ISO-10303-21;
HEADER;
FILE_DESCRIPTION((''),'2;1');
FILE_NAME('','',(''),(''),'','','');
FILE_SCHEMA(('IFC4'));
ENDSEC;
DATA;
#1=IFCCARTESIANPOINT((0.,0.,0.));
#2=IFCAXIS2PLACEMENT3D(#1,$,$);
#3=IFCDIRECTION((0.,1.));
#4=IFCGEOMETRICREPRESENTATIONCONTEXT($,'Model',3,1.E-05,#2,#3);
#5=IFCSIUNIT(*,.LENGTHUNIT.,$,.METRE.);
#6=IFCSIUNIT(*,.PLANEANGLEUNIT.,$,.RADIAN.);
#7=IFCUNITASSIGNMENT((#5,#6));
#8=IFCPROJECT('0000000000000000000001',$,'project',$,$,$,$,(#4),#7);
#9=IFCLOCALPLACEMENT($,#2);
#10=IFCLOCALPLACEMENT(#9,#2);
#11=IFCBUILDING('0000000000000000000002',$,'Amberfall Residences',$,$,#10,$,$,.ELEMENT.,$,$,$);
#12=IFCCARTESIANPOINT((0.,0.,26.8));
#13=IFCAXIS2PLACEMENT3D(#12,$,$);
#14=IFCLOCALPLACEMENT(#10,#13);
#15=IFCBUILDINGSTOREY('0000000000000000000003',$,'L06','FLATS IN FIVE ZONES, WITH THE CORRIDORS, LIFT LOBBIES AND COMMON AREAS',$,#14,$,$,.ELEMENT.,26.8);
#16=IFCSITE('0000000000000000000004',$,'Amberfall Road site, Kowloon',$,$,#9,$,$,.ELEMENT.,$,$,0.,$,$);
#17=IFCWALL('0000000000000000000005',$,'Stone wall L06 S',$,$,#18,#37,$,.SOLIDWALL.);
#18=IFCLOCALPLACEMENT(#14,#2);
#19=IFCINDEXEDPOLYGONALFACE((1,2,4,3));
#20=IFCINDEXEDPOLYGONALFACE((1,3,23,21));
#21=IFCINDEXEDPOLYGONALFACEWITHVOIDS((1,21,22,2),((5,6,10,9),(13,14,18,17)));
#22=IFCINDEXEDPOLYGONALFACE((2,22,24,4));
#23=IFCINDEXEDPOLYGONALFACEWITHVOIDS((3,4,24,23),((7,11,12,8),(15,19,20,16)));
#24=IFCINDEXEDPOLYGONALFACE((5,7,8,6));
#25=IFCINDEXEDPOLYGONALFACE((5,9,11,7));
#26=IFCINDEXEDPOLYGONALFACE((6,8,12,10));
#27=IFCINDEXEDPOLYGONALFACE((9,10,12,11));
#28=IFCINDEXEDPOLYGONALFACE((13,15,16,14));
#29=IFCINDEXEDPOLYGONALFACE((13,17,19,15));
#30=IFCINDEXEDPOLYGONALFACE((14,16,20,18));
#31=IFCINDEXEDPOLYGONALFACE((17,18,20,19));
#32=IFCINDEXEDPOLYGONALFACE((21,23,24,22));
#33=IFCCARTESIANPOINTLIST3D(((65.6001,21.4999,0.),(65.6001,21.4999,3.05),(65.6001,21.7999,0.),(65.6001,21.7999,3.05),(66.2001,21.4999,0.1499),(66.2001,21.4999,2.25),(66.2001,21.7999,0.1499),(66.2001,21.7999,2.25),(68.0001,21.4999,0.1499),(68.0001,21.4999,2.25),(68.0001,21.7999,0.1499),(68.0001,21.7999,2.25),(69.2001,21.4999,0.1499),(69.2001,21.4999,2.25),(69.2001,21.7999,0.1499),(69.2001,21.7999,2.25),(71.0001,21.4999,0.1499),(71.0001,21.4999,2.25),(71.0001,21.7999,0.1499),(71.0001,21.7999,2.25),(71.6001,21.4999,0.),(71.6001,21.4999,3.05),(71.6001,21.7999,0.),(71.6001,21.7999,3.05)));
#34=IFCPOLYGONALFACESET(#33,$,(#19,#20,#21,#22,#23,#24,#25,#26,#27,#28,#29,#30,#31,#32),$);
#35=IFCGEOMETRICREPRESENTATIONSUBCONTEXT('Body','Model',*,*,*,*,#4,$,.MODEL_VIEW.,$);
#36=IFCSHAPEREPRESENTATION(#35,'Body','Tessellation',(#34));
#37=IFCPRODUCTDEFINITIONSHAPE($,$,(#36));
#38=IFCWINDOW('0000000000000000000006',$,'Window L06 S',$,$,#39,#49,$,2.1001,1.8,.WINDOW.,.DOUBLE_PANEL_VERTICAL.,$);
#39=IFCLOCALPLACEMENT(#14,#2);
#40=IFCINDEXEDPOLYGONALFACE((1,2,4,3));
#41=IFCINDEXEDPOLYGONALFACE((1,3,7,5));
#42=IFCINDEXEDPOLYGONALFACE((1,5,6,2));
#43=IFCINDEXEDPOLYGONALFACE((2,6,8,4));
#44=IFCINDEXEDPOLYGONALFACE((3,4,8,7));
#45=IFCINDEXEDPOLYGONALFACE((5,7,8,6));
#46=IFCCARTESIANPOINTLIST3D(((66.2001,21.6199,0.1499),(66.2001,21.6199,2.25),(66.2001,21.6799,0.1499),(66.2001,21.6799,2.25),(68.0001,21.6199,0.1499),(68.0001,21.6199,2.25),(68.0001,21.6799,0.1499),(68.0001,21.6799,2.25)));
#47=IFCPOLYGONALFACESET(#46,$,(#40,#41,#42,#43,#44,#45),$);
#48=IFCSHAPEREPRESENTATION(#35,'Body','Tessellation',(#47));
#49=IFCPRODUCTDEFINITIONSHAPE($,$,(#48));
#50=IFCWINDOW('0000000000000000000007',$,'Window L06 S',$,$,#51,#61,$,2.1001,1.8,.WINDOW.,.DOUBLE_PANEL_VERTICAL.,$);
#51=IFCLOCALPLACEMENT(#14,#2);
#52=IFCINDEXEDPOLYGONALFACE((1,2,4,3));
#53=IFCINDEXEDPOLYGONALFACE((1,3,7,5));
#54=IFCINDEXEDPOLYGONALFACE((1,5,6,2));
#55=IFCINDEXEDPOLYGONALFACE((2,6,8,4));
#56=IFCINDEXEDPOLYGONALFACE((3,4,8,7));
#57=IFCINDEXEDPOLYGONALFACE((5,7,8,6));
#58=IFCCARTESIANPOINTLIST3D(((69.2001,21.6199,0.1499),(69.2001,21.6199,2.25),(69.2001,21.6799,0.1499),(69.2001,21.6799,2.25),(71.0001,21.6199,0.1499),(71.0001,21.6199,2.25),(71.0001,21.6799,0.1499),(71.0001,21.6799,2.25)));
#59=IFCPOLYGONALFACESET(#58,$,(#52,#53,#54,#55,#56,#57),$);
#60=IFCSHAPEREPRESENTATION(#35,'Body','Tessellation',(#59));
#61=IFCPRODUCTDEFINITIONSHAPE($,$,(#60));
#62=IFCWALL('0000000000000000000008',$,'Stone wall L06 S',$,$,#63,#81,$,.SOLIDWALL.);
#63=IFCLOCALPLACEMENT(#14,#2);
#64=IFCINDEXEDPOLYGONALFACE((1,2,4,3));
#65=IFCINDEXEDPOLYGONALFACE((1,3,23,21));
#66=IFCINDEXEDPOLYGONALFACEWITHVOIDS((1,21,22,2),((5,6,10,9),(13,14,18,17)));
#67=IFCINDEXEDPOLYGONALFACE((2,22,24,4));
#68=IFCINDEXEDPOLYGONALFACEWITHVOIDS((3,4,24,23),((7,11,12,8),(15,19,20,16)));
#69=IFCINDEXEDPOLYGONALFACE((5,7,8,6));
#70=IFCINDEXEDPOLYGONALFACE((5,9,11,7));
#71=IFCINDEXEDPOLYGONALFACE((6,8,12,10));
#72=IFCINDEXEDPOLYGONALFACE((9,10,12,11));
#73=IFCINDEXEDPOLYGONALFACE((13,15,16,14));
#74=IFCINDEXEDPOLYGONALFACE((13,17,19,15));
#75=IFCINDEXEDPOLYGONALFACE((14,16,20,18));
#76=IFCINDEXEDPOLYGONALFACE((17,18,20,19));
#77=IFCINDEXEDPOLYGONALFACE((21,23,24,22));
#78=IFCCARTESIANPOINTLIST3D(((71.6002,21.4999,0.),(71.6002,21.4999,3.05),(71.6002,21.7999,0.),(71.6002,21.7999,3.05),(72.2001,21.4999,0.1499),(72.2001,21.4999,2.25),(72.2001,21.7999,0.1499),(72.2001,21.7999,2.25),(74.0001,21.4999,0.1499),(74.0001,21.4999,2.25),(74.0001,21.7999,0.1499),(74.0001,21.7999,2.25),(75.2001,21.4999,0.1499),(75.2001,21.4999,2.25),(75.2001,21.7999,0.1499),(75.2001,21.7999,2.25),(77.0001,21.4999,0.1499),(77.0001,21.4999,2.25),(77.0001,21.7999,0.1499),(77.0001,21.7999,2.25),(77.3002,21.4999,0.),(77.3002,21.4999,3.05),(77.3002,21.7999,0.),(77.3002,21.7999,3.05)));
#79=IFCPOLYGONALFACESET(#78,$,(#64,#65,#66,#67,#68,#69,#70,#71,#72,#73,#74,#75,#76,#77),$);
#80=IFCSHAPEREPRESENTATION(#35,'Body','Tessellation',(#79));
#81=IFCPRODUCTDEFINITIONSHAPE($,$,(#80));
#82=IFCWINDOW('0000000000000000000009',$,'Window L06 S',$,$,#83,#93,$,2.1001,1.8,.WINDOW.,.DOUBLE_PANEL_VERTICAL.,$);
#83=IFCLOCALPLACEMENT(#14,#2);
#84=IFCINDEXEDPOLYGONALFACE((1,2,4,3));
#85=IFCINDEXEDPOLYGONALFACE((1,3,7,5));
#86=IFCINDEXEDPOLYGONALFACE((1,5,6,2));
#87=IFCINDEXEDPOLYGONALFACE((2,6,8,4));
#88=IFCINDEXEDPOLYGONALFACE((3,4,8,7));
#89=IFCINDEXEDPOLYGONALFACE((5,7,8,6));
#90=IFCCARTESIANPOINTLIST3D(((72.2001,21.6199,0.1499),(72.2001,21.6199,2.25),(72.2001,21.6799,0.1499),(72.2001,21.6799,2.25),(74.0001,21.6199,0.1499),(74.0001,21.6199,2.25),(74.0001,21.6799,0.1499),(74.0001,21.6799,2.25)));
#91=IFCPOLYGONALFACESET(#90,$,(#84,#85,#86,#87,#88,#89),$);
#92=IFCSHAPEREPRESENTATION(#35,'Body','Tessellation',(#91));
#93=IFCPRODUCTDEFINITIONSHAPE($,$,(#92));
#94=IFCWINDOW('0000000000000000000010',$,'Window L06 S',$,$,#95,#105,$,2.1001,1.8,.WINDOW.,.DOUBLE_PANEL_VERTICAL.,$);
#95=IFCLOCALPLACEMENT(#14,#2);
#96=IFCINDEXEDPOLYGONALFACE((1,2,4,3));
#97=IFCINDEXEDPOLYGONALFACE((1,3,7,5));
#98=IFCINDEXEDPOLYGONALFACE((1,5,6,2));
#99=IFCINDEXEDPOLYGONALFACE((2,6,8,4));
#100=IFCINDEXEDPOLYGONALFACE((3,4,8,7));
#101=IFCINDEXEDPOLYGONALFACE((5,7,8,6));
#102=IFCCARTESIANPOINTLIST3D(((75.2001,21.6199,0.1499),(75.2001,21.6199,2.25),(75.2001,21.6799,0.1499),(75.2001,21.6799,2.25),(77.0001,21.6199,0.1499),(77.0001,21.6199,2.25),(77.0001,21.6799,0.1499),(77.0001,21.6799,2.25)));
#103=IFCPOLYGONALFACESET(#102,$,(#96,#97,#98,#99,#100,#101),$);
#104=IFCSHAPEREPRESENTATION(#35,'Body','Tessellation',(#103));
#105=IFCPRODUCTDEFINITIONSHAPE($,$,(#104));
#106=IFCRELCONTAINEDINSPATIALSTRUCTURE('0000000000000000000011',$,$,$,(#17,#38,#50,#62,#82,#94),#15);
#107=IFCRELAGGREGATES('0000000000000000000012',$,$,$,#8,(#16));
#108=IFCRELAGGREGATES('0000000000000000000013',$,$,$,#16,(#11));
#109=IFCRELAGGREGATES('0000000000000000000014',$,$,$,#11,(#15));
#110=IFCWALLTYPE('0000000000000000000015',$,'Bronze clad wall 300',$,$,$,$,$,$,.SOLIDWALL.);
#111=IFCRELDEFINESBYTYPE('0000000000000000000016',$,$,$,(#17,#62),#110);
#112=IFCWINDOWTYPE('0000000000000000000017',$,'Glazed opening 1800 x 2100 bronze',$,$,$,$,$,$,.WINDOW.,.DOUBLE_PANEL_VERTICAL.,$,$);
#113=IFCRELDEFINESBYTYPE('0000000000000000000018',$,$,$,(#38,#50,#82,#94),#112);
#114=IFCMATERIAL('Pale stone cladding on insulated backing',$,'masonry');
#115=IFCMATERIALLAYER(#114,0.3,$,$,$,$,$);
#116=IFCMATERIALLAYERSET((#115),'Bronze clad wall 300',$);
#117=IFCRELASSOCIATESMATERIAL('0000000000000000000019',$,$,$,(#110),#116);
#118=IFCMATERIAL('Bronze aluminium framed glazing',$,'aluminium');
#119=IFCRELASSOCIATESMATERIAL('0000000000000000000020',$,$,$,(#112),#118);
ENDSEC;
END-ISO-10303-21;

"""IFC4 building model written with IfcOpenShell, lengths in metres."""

from ifc_helpers import new_model, si_unit, direction, frame, frame_2d, origin, place, context, subcontext, project, spatial, rectangle, extrude, material, layer, layer_set, type_object, element, fill, save


model = new_model("IFC4")

# Units and contexts
model_context = context("Model", 3, precision=1e-05, world=origin(), true_north=direction((0.0, 1.0)))
body_context = subcontext(model_context, "Body", "Model", "MODEL_VIEW")
ifc_project = project(units=[si_unit("LENGTHUNIT", "METRE"), si_unit("PLANEANGLEUNIT", "RADIAN")], contexts=[model_context])

# Site, building, storey
site_placement = place(None, origin())
site = spatial("IfcSite", under=ifc_project, at=site_placement, Name="Amberfall Road site, Kowloon", CompositionType="ELEMENT", RefElevation=0.0)
building_placement = place(site_placement, origin())
building = spatial("IfcBuilding", under=site, at=building_placement, Name="Amberfall Residences", CompositionType="ELEMENT")
storey_placement = place(building_placement, frame((0.0, 0.0, 26.8)))
storey = spatial("IfcBuildingStorey", under=building, at=storey_placement, Name="L06", Description="FLATS IN FIVE ZONES, WITH THE CORRIDORS, LIFT LOBBIES AND COMMON AREAS", CompositionType="ELEMENT", Elevation=26.8)

# Shared definitions
ifc_material_1 = material(Name="Pale stone cladding on insulated backing", Category="masonry")
ifc_layer_1 = layer(ifc_material_1, 0.3)
ifc_layer_set_1 = layer_set([ifc_layer_1], Name="Bronze clad wall 300")
wall_type = type_object("IfcWallType", Name="Bronze clad wall 300", PredefinedType="SOLIDWALL", material=ifc_layer_set_1)

# Walls, openings, windows
wall_1_placement = place(storey_placement, frame((65.6001, 21.6499, 0.0), z_axis=(0.0, 0.0, 1.0), x_axis=(1.0, 0.0, 0.0)))
wall_1 = element("IfcWall", 1, at=wall_1_placement, inside=storey, type_object=wall_type, Name="Stone wall L06 S", PredefinedType="SOLIDWALL", context=body_context, shape_type="SweptSolid", body=[
    extrude(rectangle(XDim=6.0, YDim=0.3, at=frame_2d((3.0, 0.0))), origin(), (0.0, 0.0, 1.0), 3.05),
])
opening_1_placement = place(wall_1_placement, frame((0.6001, 0.0, 0.1499)))
opening_1 = element("IfcOpeningElement", 2, at=opening_1_placement, cuts=wall_1, PredefinedType="OPENING", context=body_context, shape_type="SweptSolid", body=[
    extrude(rectangle(XDim=1.8, YDim=2.1001, at=frame_2d((0.8999, 1.05))), frame((0.0, 0.1599, 0.0), z_axis=(0.0, -1.0, 0.0), x_axis=(1.0, 0.0, 0.0)), (0.0, 0.0, 1.0), 0.3201),
])
opening_2_placement = place(wall_1_placement, frame((3.6001, 0.0, 0.1499)))
opening_2 = element("IfcOpeningElement", 3, at=opening_2_placement, cuts=wall_1, PredefinedType="OPENING", context=body_context, shape_type="SweptSolid", body=[
    extrude(rectangle(XDim=1.8, YDim=2.1001, at=frame_2d((0.8999, 1.05))), frame((0.0, 0.1599, 0.0), z_axis=(0.0, -1.0, 0.0), x_axis=(1.0, 0.0, 0.0)), (0.0, 0.0, 1.0), 0.3201),
])
ifc_material_2 = material(Name="Bronze aluminium framed glazing", Category="aluminium")
window_type = type_object("IfcWindowType", Name="Glazed opening 1800 x 2100 bronze", PartitioningType="DOUBLE_PANEL_VERTICAL", PredefinedType="WINDOW", material=ifc_material_2)
window_1_placement = place(opening_1_placement, origin())
window_1 = element("IfcWindow", 4, at=window_1_placement, inside=storey, type_object=window_type, Name="Window L06 S", OverallHeight=2.1001, OverallWidth=1.8, PartitioningType="DOUBLE_PANEL_VERTICAL", PredefinedType="WINDOW", context=body_context, shape_type="SweptSolid", body=[
    extrude(rectangle(XDim=1.8, YDim=2.1001, at=frame_2d((0.8999, 1.05))), frame((0.0, 0.03, 0.0), z_axis=(0.0, -1.0, 0.0), x_axis=(1.0, 0.0, 0.0)), (0.0, 0.0, 1.0), 0.0601),
])
fill(opening_1, window_1)
window_2_placement = place(opening_2_placement, origin())
window_2 = element("IfcWindow", 5, at=window_2_placement, inside=storey, type_object=window_type, Name="Window L06 S", OverallHeight=2.1001, OverallWidth=1.8, PartitioningType="DOUBLE_PANEL_VERTICAL", PredefinedType="WINDOW", context=body_context, shape_type="SweptSolid", body=[
    extrude(rectangle(XDim=1.8, YDim=2.1001, at=frame_2d((0.8999, 1.05))), frame((0.0, 0.03, 0.0), z_axis=(0.0, -1.0, 0.0), x_axis=(1.0, 0.0, 0.0)), (0.0, 0.0, 1.0), 0.0601),
])
fill(opening_2, window_2)
wall_2_placement = place(storey_placement, frame((71.6001, 21.6499, 0.0), z_axis=(0.0, 0.0, 1.0), x_axis=(1.0, 0.0, 0.0)))
wall_2 = element("IfcWall", 6, at=wall_2_placement, inside=storey, type_object=wall_type, Name="Stone wall L06 S", PredefinedType="SOLIDWALL", context=body_context, shape_type="SweptSolid", body=[
    extrude(rectangle(XDim=5.7, YDim=0.3, at=frame_2d((2.8501, 0.0))), origin(), (0.0, 0.0, 1.0), 3.05),
])
opening_3_placement = place(wall_2_placement, frame((0.6001, 0.0, 0.1499)))
opening_3 = element("IfcOpeningElement", 7, at=opening_3_placement, cuts=wall_2, PredefinedType="OPENING", context=body_context, shape_type="SweptSolid", body=[
    extrude(rectangle(XDim=1.8, YDim=2.1001, at=frame_2d((0.8999, 1.05))), frame((0.0, 0.1599, 0.0), z_axis=(0.0, -1.0, 0.0), x_axis=(1.0, 0.0, 0.0)), (0.0, 0.0, 1.0), 0.3201),
])
opening_4_placement = place(wall_2_placement, frame((3.6001, 0.0, 0.1499)))
opening_4 = element("IfcOpeningElement", 8, at=opening_4_placement, cuts=wall_2, PredefinedType="OPENING", context=body_context, shape_type="SweptSolid", body=[
    extrude(rectangle(XDim=1.8, YDim=2.1001, at=frame_2d((0.8999, 1.05))), frame((0.0, 0.1599, 0.0), z_axis=(0.0, -1.0, 0.0), x_axis=(1.0, 0.0, 0.0)), (0.0, 0.0, 1.0), 0.3201),
])
window_3_placement = place(opening_3_placement, origin())
window_3 = element("IfcWindow", 9, at=window_3_placement, inside=storey, type_object=window_type, Name="Window L06 S", OverallHeight=2.1001, OverallWidth=1.8, PartitioningType="DOUBLE_PANEL_VERTICAL", PredefinedType="WINDOW", context=body_context, shape_type="SweptSolid", body=[
    extrude(rectangle(XDim=1.8, YDim=2.1001, at=frame_2d((0.8999, 1.05))), frame((0.0, 0.03, 0.0), z_axis=(0.0, -1.0, 0.0), x_axis=(1.0, 0.0, 0.0)), (0.0, 0.0, 1.0), 0.0601),
])
fill(opening_3, window_3)
window_4_placement = place(opening_4_placement, origin())
window_4 = element("IfcWindow", 10, at=window_4_placement, inside=storey, type_object=window_type, Name="Window L06 S", OverallHeight=2.1001, OverallWidth=1.8, PartitioningType="DOUBLE_PANEL_VERTICAL", PredefinedType="WINDOW", context=body_context, shape_type="SweptSolid", body=[
    extrude(rectangle(XDim=1.8, YDim=2.1001, at=frame_2d((0.8999, 1.05))), frame((0.0, 0.03, 0.0), z_axis=(0.0, -1.0, 0.0), x_axis=(1.0, 0.0, 0.0)), (0.0, 0.0, 1.0), 0.0601),
])
fill(opening_4, window_4)

save(model, "model.ifc")
